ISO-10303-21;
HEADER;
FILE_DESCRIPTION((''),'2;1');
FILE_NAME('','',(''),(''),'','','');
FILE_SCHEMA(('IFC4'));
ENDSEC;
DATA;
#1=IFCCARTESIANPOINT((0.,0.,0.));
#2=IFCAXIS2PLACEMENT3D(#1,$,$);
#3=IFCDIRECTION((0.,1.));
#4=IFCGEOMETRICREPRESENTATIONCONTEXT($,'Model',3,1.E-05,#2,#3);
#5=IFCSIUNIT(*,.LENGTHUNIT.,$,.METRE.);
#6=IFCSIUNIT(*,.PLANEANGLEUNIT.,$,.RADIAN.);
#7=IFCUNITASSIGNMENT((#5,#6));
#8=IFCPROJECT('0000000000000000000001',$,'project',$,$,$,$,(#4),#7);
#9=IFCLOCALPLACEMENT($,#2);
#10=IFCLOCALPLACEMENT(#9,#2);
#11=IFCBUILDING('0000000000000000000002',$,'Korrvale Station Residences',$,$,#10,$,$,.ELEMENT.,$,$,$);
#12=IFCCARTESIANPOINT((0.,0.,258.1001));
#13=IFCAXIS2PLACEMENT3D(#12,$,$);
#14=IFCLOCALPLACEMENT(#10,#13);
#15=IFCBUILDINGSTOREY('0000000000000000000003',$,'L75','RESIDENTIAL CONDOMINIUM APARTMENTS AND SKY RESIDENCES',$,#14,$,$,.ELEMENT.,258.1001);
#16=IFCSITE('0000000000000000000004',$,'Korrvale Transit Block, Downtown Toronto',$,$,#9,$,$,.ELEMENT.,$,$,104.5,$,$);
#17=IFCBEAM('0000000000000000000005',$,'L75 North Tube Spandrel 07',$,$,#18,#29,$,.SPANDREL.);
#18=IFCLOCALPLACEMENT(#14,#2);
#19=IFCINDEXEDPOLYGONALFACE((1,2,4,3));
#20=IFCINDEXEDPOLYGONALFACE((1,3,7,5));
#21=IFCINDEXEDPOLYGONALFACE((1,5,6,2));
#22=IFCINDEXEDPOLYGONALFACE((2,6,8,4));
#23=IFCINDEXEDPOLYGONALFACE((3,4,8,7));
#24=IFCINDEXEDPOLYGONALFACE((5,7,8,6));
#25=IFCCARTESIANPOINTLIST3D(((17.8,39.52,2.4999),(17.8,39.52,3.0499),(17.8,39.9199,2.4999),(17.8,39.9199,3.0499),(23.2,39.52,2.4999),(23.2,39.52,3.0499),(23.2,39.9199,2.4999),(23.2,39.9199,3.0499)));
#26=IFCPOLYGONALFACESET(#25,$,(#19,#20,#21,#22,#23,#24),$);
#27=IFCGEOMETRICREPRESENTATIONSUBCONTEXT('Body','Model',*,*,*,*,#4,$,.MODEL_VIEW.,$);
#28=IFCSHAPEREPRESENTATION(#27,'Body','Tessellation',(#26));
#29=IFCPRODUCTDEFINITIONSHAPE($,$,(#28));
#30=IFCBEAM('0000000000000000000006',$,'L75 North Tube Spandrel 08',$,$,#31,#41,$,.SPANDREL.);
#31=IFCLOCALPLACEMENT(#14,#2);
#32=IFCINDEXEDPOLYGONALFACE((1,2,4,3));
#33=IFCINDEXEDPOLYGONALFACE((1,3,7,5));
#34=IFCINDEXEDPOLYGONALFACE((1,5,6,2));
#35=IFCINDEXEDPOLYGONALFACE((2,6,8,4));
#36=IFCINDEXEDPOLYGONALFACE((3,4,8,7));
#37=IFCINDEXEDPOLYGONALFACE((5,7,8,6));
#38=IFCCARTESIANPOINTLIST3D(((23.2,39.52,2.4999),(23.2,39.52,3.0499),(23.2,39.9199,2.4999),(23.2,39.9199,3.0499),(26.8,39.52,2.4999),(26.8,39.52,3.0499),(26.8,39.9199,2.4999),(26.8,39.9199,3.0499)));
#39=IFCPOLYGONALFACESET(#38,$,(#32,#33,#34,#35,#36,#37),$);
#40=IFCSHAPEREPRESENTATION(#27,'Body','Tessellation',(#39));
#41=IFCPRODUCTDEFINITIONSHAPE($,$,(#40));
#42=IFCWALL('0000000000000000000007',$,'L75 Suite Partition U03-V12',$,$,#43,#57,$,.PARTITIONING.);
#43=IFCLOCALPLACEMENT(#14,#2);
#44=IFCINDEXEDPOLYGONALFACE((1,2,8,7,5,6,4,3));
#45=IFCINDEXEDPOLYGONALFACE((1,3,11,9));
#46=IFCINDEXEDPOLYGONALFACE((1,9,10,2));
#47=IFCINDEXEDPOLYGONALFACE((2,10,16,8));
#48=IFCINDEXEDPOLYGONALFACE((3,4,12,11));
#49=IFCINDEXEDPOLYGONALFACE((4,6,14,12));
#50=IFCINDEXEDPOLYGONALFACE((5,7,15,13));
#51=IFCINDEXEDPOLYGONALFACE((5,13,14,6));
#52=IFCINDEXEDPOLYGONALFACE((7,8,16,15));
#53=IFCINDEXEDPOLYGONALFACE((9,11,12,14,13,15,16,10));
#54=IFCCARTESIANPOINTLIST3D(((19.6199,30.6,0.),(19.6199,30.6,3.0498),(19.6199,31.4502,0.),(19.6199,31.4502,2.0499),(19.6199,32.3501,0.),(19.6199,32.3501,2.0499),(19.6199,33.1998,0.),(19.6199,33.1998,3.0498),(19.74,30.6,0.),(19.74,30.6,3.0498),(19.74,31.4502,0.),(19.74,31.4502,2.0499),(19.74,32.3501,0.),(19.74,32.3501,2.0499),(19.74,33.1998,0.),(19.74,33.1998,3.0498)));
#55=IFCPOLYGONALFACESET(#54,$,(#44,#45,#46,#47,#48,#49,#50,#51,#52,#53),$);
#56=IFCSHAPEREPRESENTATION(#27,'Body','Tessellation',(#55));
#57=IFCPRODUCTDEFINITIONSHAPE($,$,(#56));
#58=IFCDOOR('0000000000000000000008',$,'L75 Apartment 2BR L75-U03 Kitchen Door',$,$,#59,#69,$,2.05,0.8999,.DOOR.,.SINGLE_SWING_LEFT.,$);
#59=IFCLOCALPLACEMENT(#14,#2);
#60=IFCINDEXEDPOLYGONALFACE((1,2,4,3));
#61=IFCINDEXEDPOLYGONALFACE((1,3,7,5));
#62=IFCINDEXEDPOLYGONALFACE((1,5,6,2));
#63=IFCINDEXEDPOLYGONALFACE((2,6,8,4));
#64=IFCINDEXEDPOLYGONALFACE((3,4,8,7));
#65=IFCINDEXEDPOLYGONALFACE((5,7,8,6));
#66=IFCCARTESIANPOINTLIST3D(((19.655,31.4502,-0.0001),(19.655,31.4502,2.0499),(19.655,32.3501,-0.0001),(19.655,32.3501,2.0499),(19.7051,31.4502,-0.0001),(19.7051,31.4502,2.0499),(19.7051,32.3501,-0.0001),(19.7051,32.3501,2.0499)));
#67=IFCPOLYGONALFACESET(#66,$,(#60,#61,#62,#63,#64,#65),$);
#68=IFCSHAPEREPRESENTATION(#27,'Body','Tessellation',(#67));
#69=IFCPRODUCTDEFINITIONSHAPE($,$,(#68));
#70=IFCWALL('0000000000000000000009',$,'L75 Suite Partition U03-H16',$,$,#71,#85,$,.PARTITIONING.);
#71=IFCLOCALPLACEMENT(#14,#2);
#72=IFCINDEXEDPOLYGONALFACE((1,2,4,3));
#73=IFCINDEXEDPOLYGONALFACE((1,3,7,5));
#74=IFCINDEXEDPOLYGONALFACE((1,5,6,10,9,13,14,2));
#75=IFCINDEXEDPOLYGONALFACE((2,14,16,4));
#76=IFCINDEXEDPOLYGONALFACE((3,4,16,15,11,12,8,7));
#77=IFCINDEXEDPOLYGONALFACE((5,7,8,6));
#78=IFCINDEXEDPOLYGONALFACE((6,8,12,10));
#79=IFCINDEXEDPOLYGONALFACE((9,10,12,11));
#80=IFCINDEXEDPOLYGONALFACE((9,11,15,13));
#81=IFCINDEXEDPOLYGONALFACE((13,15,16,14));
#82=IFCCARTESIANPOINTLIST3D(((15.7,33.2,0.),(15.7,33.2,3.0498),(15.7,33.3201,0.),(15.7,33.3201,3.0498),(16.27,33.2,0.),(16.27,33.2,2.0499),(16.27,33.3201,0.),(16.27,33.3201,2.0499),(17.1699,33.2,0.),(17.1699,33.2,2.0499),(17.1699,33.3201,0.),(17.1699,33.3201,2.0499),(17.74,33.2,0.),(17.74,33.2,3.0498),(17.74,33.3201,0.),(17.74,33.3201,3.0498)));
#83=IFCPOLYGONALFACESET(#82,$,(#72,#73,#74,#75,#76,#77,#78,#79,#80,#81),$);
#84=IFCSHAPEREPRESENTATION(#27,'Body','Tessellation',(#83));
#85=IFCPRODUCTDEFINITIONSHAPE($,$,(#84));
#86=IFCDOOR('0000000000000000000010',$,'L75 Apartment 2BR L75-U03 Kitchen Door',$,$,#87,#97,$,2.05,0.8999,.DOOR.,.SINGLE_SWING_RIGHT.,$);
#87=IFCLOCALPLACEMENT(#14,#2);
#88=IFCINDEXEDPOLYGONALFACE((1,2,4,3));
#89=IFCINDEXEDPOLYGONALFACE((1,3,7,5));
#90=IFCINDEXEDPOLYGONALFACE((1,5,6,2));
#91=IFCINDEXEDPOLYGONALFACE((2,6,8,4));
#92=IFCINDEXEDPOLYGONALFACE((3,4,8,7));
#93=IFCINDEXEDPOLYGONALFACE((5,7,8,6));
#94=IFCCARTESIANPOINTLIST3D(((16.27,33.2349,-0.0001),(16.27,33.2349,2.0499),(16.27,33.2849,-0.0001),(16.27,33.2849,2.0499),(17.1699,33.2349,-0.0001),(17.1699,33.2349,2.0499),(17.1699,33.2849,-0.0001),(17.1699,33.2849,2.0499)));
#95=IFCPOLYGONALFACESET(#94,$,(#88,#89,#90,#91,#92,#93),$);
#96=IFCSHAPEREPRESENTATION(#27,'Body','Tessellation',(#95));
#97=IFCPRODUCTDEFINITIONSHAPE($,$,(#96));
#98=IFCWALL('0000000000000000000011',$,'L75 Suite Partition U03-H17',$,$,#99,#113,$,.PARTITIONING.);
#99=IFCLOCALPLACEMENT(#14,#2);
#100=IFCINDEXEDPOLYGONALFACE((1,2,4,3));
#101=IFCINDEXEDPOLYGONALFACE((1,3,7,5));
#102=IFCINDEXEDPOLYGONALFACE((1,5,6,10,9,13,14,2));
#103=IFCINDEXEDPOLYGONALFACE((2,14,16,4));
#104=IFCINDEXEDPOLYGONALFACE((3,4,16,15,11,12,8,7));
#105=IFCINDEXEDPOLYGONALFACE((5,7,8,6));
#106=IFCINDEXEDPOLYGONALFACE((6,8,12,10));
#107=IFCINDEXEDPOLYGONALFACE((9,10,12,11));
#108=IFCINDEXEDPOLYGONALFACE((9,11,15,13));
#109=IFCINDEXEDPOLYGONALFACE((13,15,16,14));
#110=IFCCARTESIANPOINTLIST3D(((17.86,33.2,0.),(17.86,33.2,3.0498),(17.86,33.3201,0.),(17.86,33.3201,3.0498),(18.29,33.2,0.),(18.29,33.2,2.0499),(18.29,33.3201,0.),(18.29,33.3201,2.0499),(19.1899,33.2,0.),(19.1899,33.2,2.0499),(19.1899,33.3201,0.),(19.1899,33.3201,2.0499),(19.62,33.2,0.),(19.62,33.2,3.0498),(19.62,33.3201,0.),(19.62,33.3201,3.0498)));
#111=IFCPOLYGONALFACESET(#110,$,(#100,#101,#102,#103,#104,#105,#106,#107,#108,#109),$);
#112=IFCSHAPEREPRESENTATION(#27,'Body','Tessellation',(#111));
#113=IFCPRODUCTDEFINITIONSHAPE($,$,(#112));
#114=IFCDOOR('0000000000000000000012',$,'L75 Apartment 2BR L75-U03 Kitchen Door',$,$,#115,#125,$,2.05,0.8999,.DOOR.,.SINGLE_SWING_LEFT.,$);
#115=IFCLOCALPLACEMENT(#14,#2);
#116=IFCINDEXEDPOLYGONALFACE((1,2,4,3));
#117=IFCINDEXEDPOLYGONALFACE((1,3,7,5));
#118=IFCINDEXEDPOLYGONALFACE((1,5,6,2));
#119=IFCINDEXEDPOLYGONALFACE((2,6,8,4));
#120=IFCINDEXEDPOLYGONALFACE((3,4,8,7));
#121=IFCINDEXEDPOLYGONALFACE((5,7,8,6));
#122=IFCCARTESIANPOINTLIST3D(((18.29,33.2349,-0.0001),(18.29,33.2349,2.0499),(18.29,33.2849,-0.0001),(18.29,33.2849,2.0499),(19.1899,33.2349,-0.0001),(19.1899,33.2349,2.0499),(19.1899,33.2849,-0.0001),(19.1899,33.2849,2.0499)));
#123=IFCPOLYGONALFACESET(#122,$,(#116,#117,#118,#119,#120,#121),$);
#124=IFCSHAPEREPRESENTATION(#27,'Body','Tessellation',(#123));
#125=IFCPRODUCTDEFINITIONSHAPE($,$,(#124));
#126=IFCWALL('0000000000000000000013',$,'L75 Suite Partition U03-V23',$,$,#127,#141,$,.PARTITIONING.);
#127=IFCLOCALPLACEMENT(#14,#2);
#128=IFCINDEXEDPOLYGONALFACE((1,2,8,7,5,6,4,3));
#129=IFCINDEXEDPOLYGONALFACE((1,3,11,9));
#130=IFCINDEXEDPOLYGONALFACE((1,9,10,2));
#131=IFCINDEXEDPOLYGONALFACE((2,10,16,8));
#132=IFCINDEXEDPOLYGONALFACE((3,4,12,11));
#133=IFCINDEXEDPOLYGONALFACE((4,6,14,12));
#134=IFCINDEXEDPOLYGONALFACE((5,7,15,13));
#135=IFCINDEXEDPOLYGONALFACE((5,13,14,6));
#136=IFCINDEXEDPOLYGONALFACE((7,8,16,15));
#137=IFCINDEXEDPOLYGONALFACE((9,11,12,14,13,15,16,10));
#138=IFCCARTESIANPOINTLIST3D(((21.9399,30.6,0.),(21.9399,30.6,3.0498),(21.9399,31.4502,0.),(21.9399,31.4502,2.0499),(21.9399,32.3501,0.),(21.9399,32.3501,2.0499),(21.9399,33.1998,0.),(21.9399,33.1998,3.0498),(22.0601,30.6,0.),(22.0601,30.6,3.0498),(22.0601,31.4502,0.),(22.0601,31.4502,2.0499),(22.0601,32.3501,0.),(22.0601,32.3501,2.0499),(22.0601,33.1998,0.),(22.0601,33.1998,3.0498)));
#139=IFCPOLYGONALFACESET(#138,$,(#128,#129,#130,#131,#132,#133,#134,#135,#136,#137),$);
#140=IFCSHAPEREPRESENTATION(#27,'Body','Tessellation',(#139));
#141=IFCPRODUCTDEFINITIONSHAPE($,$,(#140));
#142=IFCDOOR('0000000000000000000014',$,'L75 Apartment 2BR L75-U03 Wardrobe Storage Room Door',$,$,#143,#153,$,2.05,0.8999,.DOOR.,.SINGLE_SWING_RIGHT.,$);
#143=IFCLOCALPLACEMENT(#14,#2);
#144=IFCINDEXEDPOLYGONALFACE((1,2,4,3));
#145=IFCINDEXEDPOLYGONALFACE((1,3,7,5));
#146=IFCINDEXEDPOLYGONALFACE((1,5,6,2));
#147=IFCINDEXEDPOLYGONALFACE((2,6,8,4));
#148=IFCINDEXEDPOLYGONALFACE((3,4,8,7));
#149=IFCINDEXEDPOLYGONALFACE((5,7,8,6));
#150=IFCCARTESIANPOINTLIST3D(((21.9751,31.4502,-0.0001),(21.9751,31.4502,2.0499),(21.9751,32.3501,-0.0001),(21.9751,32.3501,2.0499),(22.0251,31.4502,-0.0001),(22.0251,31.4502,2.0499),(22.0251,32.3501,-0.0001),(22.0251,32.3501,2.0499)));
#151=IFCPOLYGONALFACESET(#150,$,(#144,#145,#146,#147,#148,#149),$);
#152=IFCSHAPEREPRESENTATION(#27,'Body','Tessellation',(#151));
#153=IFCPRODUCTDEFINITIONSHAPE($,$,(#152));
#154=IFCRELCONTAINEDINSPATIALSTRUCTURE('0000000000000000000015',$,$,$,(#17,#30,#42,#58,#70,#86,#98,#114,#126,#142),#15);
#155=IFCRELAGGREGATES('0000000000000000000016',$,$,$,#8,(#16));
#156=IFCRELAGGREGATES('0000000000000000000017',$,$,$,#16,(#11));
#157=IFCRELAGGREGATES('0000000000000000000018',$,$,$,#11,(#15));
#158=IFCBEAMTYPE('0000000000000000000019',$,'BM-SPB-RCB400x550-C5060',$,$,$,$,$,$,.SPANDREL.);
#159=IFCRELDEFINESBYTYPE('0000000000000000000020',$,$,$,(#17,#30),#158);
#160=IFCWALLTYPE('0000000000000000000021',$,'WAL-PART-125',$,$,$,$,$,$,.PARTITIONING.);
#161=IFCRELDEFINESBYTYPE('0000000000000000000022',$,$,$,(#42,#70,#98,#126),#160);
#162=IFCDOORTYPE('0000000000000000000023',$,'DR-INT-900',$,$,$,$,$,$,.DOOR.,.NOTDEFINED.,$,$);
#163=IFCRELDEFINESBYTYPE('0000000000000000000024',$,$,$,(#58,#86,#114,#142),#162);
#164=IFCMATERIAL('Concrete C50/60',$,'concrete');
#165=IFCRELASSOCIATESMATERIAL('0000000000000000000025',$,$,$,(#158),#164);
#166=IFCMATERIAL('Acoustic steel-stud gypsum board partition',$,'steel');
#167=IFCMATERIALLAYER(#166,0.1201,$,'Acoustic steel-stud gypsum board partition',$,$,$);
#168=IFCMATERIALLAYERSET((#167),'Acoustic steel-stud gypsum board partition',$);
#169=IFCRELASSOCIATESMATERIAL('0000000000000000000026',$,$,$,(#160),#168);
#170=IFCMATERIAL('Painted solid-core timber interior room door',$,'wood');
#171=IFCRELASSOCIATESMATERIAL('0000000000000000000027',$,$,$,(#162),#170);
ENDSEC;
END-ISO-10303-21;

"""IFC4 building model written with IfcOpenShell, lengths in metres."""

from ifc_helpers import new_model, si_unit, direction, frame, frame_2d, origin, origin_2d, place, context, subcontext, project, spatial, rectangle, extrude, material, layer, layer_set, material_profile, profile_set, type_object, element, fill, save


model = new_model("IFC4")

# Units and contexts
model_context = context("Model", 3, precision=1e-05, world=origin(), true_north=direction((0.0, 1.0)))
body_context = subcontext(model_context, "Body", "Model", "MODEL_VIEW")
ifc_project = project(units=[si_unit("LENGTHUNIT", "METRE"), si_unit("PLANEANGLEUNIT", "RADIAN")], contexts=[model_context])

# Site, building, storey
site_placement = place(None, origin())
site = spatial("IfcSite", under=ifc_project, at=site_placement, Name="Korrvale Transit Block, Downtown Toronto", CompositionType="ELEMENT", RefElevation=104.5)
building_placement = place(site_placement, origin())
building = spatial("IfcBuilding", under=site, at=building_placement, Name="Korrvale Station Residences", CompositionType="ELEMENT")
storey_placement = place(building_placement, frame((0.0, 0.0, 258.1001)))
storey = spatial("IfcBuildingStorey", under=building, at=storey_placement, Name="L75", Description="RESIDENTIAL CONDOMINIUM APARTMENTS AND SKY RESIDENCES", CompositionType="ELEMENT", Elevation=258.1001)

# Shared definitions
ifc_material_1 = material(Name="Concrete C50/60", Category="concrete")

# Beams
ifc_material_profile_1 = material_profile(ifc_material_1, rectangle(XDim=0.3999, YDim=0.55, at=origin_2d()), Name="RCB400x550")
ifc_profile_set_1 = profile_set([ifc_material_profile_1], Name="Concrete C50/60")
beam_type_1 = type_object("IfcBeamType", Name="BM-SPB-RCB400x550-C5060", PredefinedType="SPANDREL", material=ifc_profile_set_1)
beam_1_placement = place(storey_placement, frame((17.8, 39.72, 2.7749), z_axis=(1.0, 0.0, 0.0), x_axis=(0.0, 1.0, 0.0)))
element("IfcBeam", 1, at=beam_1_placement, inside=storey, type_object=beam_type_1, Name="L75 North Tube Spandrel 07", PredefinedType="SPANDREL", context=body_context, shape_type="SweptSolid", body=[
    extrude(rectangle(XDim=0.3999, YDim=0.55, at=origin_2d()), origin(), (0.0, 0.0, 1.0), 5.3999),
])
beam_2_placement = place(storey_placement, frame((23.2, 39.72, 2.7749), z_axis=(1.0, 0.0, 0.0), x_axis=(0.0, 1.0, 0.0)))
element("IfcBeam", 2, at=beam_2_placement, inside=storey, type_object=beam_type_1, Name="L75 North Tube Spandrel 08", PredefinedType="SPANDREL", context=body_context, shape_type="SweptSolid", body=[
    extrude(rectangle(XDim=0.3999, YDim=0.55, at=origin_2d()), origin(), (0.0, 0.0, 1.0), 3.6001),
])

# Walls, openings, doors
ifc_material_2 = material(Name="Acoustic steel-stud gypsum board partition", Category="steel")
ifc_layer_1 = layer(ifc_material_2, 0.1201, Name="Acoustic steel-stud gypsum board partition")
ifc_layer_set_1 = layer_set([ifc_layer_1], Name="Acoustic steel-stud gypsum board partition")
wall_type = type_object("IfcWallType", Name="WAL-PART-125", PredefinedType="PARTITIONING", material=ifc_layer_set_1)
wall_1_placement = place(storey_placement, frame((19.6799, 30.6001, 0.0), z_axis=(0.0, 0.0, 1.0), x_axis=(0.0, 1.0, 0.0)))
wall_1 = element("IfcWall", 3, at=wall_1_placement, inside=storey, type_object=wall_type, Name="L75 Suite Partition U03-V12", PredefinedType="PARTITIONING", context=body_context, shape_type="SweptSolid", body=[
    extrude(rectangle(XDim=2.5999, YDim=0.1201, at=frame_2d((1.2998, 0.0))), origin(), (0.0, 0.0, 1.0), 3.0498),
])
opening_1_placement = place(wall_1_placement, frame((0.8501, 0.0, 0.0)))
opening_1 = element("IfcOpeningElement", 4, at=opening_1_placement, cuts=wall_1, PredefinedType="OPENING", context=body_context, shape_type="SweptSolid", body=[
    extrude(rectangle(XDim=0.8999, YDim=2.05, at=frame_2d((0.45, 1.0249))), frame((0.0, 0.0701, 0.0), z_axis=(0.0, -1.0, 0.0), x_axis=(1.0, 0.0, 0.0)), (0.0, 0.0, 1.0), 0.1401),
])
ifc_material_3 = material(Name="Painted solid-core timber interior room door", Category="wood")
door_type = type_object("IfcDoorType", Name="DR-INT-900", OperationType="NOTDEFINED", PredefinedType="DOOR", material=ifc_material_3)
door_1_placement = place(opening_1_placement, origin())
door_1 = element("IfcDoor", 5, at=door_1_placement, inside=storey, type_object=door_type, Name="L75 Apartment 2BR L75-U03 Kitchen Door", OperationType="SINGLE_SWING_LEFT", OverallHeight=2.05, OverallWidth=0.8999, PredefinedType="DOOR", context=body_context, shape_type="SweptSolid", body=[
    extrude(rectangle(XDim=0.8999, YDim=2.05, at=frame_2d((0.45, 1.0249))), frame((0.0, 0.0249, 0.0), z_axis=(0.0, -1.0, 0.0), x_axis=(1.0, 0.0, 0.0)), (0.0, 0.0, 1.0), 0.05),
])
fill(opening_1, door_1)
wall_2_placement = place(storey_placement, frame((15.7, 33.26, 0.0), z_axis=(0.0, 0.0, 1.0), x_axis=(1.0, 0.0, 0.0)))
wall_2 = element("IfcWall", 6, at=wall_2_placement, inside=storey, type_object=wall_type, Name="L75 Suite Partition U03-H16", PredefinedType="PARTITIONING", context=body_context, shape_type="SweptSolid", body=[
    extrude(rectangle(XDim=2.04, YDim=0.1201, at=frame_2d((1.02, 0.0))), origin(), (0.0, 0.0, 1.0), 3.0498),
])
opening_2_placement = place(wall_2_placement, frame((0.5701, 0.0, 0.0)))
opening_2 = element("IfcOpeningElement", 7, at=opening_2_placement, cuts=wall_2, PredefinedType="OPENING", context=body_context, shape_type="SweptSolid", body=[
    extrude(rectangle(XDim=0.8999, YDim=2.05, at=frame_2d((0.45, 1.0249))), frame((0.0, 0.0701, 0.0), z_axis=(0.0, -1.0, 0.0), x_axis=(1.0, 0.0, 0.0)), (0.0, 0.0, 1.0), 0.1401),
])
door_2_placement = place(opening_2_placement, origin())
door_2 = element("IfcDoor", 8, at=door_2_placement, inside=storey, type_object=door_type, Name="L75 Apartment 2BR L75-U03 Kitchen Door", OperationType="SINGLE_SWING_RIGHT", OverallHeight=2.05, OverallWidth=0.8999, PredefinedType="DOOR", context=body_context, shape_type="SweptSolid", body=[
    extrude(rectangle(XDim=0.8999, YDim=2.05, at=frame_2d((0.45, 1.0249))), frame((0.0, 0.0249, 0.0), z_axis=(0.0, -1.0, 0.0), x_axis=(1.0, 0.0, 0.0)), (0.0, 0.0, 1.0), 0.05),
])
fill(opening_2, door_2)
wall_3_placement = place(storey_placement, frame((17.8601, 33.26, 0.0), z_axis=(0.0, 0.0, 1.0), x_axis=(1.0, 0.0, 0.0)))
wall_3 = element("IfcWall", 9, at=wall_3_placement, inside=storey, type_object=wall_type, Name="L75 Suite Partition U03-H17", PredefinedType="PARTITIONING", context=body_context, shape_type="SweptSolid", body=[
    extrude(rectangle(XDim=1.76, YDim=0.1201, at=frame_2d((0.8799, 0.0))), origin(), (0.0, 0.0, 1.0), 3.0498),
])
opening_3_placement = place(wall_3_placement, frame((0.4299, 0.0, 0.0)))
opening_3 = element("IfcOpeningElement", 10, at=opening_3_placement, cuts=wall_3, PredefinedType="OPENING", context=body_context, shape_type="SweptSolid", body=[
    extrude(rectangle(XDim=0.8999, YDim=2.05, at=frame_2d((0.45, 1.0249))), frame((0.0, 0.0701, 0.0), z_axis=(0.0, -1.0, 0.0), x_axis=(1.0, 0.0, 0.0)), (0.0, 0.0, 1.0), 0.1401),
])
door_3_placement = place(opening_3_placement, origin())
door_3 = element("IfcDoor", 11, at=door_3_placement, inside=storey, type_object=door_type, Name="L75 Apartment 2BR L75-U03 Kitchen Door", OperationType="SINGLE_SWING_LEFT", OverallHeight=2.05, OverallWidth=0.8999, PredefinedType="DOOR", context=body_context, shape_type="SweptSolid", body=[
    extrude(rectangle(XDim=0.8999, YDim=2.05, at=frame_2d((0.45, 1.0249))), frame((0.0, 0.0249, 0.0), z_axis=(0.0, -1.0, 0.0), x_axis=(1.0, 0.0, 0.0)), (0.0, 0.0, 1.0), 0.05),
])
fill(opening_3, door_3)
wall_4_placement = place(storey_placement, frame((22.0, 30.6001, 0.0), z_axis=(0.0, 0.0, 1.0), x_axis=(0.0, 1.0, 0.0)))
wall_4 = element("IfcWall", 12, at=wall_4_placement, inside=storey, type_object=wall_type, Name="L75 Suite Partition U03-V23", PredefinedType="PARTITIONING", context=body_context, shape_type="SweptSolid", body=[
    extrude(rectangle(XDim=2.5999, YDim=0.1201, at=frame_2d((1.2998, 0.0))), origin(), (0.0, 0.0, 1.0), 3.0498),
])
opening_4_placement = place(wall_4_placement, frame((0.8501, 0.0, 0.0)))
opening_4 = element("IfcOpeningElement", 13, at=opening_4_placement, cuts=wall_4, PredefinedType="OPENING", context=body_context, shape_type="SweptSolid", body=[
    extrude(rectangle(XDim=0.8999, YDim=2.05, at=frame_2d((0.45, 1.0249))), frame((0.0, 0.0701, 0.0), z_axis=(0.0, -1.0, 0.0), x_axis=(1.0, 0.0, 0.0)), (0.0, 0.0, 1.0), 0.1401),
])
door_4_placement = place(opening_4_placement, origin())
door_4 = element("IfcDoor", 14, at=door_4_placement, inside=storey, type_object=door_type, Name="L75 Apartment 2BR L75-U03 Wardrobe Storage Room Door", OperationType="SINGLE_SWING_RIGHT", OverallHeight=2.05, OverallWidth=0.8999, PredefinedType="DOOR", context=body_context, shape_type="SweptSolid", body=[
    extrude(rectangle(XDim=0.8999, YDim=2.05, at=frame_2d((0.45, 1.0249))), frame((0.0, 0.0249, 0.0), z_axis=(0.0, -1.0, 0.0), x_axis=(1.0, 0.0, 0.0)), (0.0, 0.0, 1.0), 0.05),
])
fill(opening_4, door_4)

save(model, "model.ifc")
